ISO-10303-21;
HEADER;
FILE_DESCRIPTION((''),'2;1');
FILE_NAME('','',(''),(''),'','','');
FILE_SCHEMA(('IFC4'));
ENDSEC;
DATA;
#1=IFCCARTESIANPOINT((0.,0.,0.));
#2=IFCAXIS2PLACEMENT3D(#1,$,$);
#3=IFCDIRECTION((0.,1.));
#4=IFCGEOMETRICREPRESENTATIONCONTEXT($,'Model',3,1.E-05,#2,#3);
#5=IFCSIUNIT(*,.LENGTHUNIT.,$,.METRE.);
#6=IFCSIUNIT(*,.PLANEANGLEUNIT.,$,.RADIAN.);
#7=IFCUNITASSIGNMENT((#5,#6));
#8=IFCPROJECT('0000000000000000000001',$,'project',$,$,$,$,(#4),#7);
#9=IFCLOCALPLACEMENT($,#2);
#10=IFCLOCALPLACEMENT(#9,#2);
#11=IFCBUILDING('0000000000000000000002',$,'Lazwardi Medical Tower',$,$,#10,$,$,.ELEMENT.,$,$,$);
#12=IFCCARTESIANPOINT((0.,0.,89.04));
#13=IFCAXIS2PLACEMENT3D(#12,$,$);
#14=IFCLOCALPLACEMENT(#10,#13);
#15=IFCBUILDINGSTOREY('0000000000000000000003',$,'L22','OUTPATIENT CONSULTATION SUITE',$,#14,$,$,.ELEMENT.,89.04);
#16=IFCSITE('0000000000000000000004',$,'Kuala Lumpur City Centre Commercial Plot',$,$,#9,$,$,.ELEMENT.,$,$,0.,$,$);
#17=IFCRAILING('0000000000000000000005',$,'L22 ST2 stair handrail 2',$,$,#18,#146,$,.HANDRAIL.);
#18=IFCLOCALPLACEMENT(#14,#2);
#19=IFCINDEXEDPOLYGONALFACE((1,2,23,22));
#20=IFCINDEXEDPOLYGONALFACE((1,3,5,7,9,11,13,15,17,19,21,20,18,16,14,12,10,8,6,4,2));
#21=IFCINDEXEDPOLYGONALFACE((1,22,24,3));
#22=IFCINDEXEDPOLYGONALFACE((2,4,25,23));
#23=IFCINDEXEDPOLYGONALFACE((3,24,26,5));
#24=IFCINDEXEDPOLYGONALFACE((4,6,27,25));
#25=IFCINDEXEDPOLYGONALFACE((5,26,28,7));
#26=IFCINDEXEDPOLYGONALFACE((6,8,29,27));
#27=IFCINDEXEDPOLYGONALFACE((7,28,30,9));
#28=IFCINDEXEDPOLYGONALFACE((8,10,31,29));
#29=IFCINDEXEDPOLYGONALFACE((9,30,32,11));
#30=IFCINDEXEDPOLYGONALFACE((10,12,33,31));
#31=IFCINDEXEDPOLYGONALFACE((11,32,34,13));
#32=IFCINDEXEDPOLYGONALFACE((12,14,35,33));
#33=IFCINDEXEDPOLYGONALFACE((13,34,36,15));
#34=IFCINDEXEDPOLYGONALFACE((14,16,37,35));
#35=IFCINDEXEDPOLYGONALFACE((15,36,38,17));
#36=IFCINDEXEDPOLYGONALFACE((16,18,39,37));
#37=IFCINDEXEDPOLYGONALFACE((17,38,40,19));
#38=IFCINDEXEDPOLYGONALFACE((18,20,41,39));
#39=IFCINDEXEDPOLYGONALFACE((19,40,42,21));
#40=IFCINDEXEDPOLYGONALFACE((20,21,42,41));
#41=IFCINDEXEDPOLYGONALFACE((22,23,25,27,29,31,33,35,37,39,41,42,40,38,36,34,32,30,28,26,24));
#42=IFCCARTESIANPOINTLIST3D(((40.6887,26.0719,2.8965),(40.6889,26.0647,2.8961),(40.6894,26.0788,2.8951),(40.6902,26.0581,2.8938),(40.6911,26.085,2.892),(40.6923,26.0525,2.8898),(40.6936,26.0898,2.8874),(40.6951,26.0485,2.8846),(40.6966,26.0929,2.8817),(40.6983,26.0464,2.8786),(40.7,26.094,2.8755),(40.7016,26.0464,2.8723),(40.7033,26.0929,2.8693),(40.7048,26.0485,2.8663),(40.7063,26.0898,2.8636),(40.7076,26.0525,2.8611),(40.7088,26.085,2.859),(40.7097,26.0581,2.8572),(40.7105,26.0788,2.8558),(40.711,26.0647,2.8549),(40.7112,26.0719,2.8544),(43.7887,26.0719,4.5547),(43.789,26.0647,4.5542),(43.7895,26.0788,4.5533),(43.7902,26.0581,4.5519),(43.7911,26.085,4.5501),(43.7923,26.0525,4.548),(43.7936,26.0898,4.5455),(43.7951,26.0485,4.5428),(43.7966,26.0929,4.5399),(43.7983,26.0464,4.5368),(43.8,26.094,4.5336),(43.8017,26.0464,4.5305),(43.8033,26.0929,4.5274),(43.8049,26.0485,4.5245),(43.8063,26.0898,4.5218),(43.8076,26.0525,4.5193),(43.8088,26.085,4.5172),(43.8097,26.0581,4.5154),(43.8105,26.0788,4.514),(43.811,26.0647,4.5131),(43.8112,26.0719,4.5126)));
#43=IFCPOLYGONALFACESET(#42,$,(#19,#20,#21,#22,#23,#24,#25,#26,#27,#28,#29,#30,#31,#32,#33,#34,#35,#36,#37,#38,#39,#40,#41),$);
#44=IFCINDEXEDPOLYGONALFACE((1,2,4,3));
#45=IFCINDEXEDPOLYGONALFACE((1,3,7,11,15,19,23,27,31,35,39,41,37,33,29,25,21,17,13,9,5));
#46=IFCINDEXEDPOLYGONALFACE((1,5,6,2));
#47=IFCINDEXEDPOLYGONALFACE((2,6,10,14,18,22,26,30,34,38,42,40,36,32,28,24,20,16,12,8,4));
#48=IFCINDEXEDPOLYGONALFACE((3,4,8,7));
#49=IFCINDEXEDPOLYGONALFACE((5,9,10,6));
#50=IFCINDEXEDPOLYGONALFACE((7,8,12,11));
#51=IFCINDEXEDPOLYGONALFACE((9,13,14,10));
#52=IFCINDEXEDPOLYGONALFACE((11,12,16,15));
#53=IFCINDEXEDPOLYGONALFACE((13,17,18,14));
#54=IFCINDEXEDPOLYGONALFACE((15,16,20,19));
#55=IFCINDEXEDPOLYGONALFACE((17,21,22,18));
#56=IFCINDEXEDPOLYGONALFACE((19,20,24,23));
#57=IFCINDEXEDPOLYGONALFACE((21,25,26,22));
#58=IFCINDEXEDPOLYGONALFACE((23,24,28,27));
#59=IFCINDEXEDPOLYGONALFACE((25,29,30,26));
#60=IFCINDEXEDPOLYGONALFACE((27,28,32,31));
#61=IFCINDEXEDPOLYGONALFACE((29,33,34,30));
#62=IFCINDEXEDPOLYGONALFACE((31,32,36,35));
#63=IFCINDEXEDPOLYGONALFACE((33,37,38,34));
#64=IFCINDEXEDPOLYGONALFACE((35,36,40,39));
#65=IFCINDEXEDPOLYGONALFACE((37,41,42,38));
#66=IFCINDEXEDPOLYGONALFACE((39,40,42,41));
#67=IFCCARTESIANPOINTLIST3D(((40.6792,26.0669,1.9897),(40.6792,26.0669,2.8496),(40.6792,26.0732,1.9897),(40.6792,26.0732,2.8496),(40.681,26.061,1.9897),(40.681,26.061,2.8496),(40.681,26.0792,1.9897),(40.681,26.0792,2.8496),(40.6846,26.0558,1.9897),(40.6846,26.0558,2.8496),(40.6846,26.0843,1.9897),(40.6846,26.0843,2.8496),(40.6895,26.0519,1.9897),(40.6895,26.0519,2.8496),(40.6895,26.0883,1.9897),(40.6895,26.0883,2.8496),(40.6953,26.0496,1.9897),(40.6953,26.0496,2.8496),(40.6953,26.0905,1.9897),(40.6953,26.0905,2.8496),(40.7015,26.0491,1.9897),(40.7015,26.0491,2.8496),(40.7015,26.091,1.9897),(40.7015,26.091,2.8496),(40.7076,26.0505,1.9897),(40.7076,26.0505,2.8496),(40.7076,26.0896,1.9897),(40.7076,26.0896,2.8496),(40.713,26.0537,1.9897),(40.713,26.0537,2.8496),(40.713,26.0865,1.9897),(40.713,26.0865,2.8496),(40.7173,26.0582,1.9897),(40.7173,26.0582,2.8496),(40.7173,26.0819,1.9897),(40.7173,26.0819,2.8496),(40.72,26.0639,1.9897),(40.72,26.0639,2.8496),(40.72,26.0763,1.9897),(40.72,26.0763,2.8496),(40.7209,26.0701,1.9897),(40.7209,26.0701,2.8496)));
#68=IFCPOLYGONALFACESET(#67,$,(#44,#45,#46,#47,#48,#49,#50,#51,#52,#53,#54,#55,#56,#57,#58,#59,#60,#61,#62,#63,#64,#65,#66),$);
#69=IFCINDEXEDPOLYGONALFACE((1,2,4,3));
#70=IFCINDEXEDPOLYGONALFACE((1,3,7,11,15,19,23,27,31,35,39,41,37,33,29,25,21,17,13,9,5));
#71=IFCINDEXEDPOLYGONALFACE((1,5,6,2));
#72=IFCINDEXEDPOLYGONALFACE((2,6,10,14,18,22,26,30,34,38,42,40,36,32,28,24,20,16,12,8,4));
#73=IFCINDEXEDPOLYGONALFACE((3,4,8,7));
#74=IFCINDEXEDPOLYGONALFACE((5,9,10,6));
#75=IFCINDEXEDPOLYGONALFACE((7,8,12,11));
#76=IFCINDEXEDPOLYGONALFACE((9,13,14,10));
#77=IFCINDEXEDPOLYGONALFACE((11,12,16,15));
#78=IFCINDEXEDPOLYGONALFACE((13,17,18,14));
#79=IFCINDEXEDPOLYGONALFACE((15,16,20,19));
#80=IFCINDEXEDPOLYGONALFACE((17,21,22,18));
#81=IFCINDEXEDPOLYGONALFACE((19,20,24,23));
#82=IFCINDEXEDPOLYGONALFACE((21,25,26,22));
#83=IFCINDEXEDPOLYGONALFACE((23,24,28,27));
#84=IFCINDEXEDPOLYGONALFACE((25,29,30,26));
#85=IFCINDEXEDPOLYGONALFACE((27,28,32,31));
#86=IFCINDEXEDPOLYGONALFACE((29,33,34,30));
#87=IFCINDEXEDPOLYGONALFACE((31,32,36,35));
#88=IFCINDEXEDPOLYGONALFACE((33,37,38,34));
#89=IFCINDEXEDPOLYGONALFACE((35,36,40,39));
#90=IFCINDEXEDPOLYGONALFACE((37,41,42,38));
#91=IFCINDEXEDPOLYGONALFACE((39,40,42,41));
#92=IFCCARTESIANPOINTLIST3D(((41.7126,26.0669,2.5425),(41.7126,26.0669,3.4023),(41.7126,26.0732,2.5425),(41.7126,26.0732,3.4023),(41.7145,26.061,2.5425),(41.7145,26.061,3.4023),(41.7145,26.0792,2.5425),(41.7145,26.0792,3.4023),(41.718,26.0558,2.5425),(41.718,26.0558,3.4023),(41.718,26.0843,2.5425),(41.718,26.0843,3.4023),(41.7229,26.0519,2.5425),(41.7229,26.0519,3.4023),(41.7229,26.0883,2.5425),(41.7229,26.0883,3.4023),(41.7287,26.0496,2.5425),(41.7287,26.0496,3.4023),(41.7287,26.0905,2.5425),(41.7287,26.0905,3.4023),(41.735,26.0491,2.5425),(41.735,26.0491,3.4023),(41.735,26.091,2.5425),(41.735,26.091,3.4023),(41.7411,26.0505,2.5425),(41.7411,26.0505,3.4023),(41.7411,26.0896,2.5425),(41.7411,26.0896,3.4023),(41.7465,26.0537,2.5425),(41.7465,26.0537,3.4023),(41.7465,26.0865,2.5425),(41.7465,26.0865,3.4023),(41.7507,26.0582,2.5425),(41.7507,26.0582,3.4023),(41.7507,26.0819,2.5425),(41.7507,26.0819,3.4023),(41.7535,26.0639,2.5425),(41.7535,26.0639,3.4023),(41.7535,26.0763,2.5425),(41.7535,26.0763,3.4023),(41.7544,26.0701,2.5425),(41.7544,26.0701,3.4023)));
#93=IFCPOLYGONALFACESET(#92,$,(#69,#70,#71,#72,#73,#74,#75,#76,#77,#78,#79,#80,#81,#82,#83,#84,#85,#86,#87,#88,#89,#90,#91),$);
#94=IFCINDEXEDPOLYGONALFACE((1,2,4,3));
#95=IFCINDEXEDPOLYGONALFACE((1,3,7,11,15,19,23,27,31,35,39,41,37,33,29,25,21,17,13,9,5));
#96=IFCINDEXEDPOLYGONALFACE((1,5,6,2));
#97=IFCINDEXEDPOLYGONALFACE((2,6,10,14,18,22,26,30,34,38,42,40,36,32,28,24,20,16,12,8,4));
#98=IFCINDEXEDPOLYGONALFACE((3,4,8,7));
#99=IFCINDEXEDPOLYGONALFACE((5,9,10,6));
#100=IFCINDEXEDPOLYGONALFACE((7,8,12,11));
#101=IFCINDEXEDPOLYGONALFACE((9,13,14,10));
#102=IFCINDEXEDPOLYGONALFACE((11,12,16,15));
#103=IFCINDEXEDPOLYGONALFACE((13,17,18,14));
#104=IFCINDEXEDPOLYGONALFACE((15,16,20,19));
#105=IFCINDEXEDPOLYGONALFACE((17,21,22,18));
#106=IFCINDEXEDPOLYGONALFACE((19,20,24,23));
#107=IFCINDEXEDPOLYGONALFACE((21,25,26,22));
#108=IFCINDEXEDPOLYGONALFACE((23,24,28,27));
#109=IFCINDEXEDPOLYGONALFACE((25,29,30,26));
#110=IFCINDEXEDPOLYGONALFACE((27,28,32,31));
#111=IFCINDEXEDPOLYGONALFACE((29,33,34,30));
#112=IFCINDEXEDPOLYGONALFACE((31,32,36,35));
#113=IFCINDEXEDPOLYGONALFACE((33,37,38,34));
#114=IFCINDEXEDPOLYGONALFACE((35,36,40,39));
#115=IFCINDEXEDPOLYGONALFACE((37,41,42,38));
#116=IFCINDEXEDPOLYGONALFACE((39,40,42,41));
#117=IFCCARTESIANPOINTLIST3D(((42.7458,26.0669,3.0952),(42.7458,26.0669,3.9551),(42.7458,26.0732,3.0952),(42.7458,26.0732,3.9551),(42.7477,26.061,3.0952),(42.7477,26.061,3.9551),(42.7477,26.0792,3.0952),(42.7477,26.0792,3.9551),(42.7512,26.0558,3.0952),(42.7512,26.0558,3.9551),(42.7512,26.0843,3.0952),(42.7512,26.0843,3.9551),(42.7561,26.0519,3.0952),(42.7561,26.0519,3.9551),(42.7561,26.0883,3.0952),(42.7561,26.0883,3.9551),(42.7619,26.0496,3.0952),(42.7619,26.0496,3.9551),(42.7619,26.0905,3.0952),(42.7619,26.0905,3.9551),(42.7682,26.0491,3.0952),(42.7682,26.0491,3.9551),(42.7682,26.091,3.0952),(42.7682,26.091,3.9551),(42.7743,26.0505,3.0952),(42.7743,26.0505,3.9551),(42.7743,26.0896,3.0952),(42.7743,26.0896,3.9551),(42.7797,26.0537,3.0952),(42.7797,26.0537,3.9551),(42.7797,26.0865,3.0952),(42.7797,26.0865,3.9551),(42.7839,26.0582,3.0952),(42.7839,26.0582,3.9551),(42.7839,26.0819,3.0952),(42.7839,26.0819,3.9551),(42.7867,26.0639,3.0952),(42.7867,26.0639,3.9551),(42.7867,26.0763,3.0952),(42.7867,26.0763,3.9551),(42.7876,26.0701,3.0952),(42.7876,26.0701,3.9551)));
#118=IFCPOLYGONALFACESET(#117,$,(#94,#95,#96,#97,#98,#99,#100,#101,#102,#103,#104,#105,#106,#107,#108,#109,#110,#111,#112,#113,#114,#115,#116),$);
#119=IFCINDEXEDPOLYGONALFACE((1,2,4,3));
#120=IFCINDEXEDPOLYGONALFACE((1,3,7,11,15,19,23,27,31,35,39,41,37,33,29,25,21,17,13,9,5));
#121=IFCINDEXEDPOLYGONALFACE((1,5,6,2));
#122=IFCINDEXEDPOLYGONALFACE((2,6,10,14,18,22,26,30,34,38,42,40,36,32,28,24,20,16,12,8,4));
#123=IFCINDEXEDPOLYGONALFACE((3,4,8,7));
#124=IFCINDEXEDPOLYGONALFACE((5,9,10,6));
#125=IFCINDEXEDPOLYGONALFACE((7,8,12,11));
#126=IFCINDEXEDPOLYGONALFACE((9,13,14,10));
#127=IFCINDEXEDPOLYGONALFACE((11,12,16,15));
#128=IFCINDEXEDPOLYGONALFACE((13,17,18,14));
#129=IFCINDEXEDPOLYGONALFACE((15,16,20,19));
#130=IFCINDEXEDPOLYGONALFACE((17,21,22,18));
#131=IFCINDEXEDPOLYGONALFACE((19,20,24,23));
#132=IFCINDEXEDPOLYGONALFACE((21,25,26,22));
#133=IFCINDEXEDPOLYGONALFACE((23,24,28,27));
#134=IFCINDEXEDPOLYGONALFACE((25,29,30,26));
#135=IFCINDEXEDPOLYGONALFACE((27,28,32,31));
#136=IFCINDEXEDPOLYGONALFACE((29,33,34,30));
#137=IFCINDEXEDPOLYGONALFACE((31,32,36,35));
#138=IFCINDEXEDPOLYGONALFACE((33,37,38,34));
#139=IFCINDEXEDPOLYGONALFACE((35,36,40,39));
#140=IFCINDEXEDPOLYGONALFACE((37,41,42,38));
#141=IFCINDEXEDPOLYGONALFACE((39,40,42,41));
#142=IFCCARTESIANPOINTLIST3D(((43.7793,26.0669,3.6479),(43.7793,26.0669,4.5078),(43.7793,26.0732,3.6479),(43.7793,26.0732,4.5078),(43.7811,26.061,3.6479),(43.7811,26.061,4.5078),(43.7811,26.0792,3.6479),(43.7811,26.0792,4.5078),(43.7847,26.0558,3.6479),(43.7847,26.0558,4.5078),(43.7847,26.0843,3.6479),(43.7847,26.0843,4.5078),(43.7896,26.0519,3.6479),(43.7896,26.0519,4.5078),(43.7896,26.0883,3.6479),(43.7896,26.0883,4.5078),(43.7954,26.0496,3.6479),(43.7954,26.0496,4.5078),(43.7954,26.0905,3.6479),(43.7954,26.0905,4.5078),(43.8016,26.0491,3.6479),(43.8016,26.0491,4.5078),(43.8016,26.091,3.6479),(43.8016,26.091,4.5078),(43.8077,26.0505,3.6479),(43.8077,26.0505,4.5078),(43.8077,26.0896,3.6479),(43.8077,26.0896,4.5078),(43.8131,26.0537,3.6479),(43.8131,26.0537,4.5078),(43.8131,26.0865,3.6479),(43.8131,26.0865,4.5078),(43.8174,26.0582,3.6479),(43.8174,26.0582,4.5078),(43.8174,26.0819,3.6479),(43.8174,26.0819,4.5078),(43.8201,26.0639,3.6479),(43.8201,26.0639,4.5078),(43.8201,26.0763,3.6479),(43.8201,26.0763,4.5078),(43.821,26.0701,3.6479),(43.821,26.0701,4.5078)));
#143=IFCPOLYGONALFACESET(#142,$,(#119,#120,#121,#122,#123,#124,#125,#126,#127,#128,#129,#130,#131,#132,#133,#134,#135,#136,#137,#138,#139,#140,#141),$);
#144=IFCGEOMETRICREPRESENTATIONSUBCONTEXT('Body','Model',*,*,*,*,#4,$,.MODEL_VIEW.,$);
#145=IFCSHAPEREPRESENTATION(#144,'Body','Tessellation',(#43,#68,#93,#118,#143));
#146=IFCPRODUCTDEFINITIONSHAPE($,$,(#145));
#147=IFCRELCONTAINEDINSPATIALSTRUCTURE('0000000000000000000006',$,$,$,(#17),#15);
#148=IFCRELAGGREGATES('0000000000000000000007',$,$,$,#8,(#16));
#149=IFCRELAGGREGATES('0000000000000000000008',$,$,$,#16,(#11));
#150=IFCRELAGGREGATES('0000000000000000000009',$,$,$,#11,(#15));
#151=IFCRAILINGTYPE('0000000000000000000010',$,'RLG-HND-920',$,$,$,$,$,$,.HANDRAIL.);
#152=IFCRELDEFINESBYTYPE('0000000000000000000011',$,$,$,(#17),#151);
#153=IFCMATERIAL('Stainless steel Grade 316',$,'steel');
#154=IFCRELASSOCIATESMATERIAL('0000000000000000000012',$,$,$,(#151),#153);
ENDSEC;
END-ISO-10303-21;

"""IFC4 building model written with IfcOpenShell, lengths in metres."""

from ifc_helpers import new_model, si_unit, direction, frame, origin, origin_2d, place, context, subcontext, project, spatial, circle, extrude, material, type_object, element, save


model = new_model("IFC4")

# Units and contexts
model_context = context("Model", 3, precision=1e-05, world=origin(), true_north=direction((0.0, 1.0)))
body_context = subcontext(model_context, "Body", "Model", "MODEL_VIEW")
ifc_project = project(units=[si_unit("LENGTHUNIT", "METRE"), si_unit("PLANEANGLEUNIT", "RADIAN")], contexts=[model_context])

# Site, building, storey
site_placement = place(None, origin())
site = spatial("IfcSite", under=ifc_project, at=site_placement, Name="Kuala Lumpur City Centre Commercial Plot", CompositionType="ELEMENT", RefElevation=0.0)
building_placement = place(site_placement, origin())
building = spatial("IfcBuilding", under=site, at=building_placement, Name="Lazwardi Medical Tower", CompositionType="ELEMENT")
storey_placement = place(building_placement, frame((0.0, 0.0, 89.04)))
storey = spatial("IfcBuildingStorey", under=building, at=storey_placement, Name="L22", Description="OUTPATIENT CONSULTATION SUITE", CompositionType="ELEMENT", Elevation=89.04)

# Railing
ifc_material_1 = material(Name="Stainless steel Grade 316", Category="steel")
railing_type_1 = type_object("IfcRailingType", Name="RLG-HND-920", PredefinedType="HANDRAIL", material=ifc_material_1)
railing_1_placement = place(storey_placement, frame((40.7, 26.0701, 1.9897)))
element("IfcRailing", 1, at=railing_1_placement, inside=storey, type_object=railing_type_1, Name="L22 ST2 stair handrail 2", PredefinedType="HANDRAIL", context=body_context, shape_type="SweptSolid", body=[
    extrude(circle(Radius=0.0239, at=origin_2d()), frame((0.0, 0.0, 0.8857), z_axis=(0.881783, 0.0, 0.471655), x_axis=(0.0, 1.0, 0.0)), (0.0, 0.0, 1.0), 3.5156),
    extrude(circle(Radius=0.021, at=origin_2d()), origin(), (0.0, 0.0, 1.0), 0.8599),
    extrude(circle(Radius=0.021, at=origin_2d()), frame((1.0334, 0.0, 0.5527)), (0.0, 0.0, 1.0), 0.8599),
    extrude(circle(Radius=0.021, at=origin_2d()), frame((2.0667, 0.0, 1.1055)), (0.0, 0.0, 1.0), 0.8599),
    extrude(circle(Radius=0.021, at=origin_2d()), frame((3.1001, 0.0, 1.6582)), (0.0, 0.0, 1.0), 0.8599),
])

save(model, "model.ifc")
